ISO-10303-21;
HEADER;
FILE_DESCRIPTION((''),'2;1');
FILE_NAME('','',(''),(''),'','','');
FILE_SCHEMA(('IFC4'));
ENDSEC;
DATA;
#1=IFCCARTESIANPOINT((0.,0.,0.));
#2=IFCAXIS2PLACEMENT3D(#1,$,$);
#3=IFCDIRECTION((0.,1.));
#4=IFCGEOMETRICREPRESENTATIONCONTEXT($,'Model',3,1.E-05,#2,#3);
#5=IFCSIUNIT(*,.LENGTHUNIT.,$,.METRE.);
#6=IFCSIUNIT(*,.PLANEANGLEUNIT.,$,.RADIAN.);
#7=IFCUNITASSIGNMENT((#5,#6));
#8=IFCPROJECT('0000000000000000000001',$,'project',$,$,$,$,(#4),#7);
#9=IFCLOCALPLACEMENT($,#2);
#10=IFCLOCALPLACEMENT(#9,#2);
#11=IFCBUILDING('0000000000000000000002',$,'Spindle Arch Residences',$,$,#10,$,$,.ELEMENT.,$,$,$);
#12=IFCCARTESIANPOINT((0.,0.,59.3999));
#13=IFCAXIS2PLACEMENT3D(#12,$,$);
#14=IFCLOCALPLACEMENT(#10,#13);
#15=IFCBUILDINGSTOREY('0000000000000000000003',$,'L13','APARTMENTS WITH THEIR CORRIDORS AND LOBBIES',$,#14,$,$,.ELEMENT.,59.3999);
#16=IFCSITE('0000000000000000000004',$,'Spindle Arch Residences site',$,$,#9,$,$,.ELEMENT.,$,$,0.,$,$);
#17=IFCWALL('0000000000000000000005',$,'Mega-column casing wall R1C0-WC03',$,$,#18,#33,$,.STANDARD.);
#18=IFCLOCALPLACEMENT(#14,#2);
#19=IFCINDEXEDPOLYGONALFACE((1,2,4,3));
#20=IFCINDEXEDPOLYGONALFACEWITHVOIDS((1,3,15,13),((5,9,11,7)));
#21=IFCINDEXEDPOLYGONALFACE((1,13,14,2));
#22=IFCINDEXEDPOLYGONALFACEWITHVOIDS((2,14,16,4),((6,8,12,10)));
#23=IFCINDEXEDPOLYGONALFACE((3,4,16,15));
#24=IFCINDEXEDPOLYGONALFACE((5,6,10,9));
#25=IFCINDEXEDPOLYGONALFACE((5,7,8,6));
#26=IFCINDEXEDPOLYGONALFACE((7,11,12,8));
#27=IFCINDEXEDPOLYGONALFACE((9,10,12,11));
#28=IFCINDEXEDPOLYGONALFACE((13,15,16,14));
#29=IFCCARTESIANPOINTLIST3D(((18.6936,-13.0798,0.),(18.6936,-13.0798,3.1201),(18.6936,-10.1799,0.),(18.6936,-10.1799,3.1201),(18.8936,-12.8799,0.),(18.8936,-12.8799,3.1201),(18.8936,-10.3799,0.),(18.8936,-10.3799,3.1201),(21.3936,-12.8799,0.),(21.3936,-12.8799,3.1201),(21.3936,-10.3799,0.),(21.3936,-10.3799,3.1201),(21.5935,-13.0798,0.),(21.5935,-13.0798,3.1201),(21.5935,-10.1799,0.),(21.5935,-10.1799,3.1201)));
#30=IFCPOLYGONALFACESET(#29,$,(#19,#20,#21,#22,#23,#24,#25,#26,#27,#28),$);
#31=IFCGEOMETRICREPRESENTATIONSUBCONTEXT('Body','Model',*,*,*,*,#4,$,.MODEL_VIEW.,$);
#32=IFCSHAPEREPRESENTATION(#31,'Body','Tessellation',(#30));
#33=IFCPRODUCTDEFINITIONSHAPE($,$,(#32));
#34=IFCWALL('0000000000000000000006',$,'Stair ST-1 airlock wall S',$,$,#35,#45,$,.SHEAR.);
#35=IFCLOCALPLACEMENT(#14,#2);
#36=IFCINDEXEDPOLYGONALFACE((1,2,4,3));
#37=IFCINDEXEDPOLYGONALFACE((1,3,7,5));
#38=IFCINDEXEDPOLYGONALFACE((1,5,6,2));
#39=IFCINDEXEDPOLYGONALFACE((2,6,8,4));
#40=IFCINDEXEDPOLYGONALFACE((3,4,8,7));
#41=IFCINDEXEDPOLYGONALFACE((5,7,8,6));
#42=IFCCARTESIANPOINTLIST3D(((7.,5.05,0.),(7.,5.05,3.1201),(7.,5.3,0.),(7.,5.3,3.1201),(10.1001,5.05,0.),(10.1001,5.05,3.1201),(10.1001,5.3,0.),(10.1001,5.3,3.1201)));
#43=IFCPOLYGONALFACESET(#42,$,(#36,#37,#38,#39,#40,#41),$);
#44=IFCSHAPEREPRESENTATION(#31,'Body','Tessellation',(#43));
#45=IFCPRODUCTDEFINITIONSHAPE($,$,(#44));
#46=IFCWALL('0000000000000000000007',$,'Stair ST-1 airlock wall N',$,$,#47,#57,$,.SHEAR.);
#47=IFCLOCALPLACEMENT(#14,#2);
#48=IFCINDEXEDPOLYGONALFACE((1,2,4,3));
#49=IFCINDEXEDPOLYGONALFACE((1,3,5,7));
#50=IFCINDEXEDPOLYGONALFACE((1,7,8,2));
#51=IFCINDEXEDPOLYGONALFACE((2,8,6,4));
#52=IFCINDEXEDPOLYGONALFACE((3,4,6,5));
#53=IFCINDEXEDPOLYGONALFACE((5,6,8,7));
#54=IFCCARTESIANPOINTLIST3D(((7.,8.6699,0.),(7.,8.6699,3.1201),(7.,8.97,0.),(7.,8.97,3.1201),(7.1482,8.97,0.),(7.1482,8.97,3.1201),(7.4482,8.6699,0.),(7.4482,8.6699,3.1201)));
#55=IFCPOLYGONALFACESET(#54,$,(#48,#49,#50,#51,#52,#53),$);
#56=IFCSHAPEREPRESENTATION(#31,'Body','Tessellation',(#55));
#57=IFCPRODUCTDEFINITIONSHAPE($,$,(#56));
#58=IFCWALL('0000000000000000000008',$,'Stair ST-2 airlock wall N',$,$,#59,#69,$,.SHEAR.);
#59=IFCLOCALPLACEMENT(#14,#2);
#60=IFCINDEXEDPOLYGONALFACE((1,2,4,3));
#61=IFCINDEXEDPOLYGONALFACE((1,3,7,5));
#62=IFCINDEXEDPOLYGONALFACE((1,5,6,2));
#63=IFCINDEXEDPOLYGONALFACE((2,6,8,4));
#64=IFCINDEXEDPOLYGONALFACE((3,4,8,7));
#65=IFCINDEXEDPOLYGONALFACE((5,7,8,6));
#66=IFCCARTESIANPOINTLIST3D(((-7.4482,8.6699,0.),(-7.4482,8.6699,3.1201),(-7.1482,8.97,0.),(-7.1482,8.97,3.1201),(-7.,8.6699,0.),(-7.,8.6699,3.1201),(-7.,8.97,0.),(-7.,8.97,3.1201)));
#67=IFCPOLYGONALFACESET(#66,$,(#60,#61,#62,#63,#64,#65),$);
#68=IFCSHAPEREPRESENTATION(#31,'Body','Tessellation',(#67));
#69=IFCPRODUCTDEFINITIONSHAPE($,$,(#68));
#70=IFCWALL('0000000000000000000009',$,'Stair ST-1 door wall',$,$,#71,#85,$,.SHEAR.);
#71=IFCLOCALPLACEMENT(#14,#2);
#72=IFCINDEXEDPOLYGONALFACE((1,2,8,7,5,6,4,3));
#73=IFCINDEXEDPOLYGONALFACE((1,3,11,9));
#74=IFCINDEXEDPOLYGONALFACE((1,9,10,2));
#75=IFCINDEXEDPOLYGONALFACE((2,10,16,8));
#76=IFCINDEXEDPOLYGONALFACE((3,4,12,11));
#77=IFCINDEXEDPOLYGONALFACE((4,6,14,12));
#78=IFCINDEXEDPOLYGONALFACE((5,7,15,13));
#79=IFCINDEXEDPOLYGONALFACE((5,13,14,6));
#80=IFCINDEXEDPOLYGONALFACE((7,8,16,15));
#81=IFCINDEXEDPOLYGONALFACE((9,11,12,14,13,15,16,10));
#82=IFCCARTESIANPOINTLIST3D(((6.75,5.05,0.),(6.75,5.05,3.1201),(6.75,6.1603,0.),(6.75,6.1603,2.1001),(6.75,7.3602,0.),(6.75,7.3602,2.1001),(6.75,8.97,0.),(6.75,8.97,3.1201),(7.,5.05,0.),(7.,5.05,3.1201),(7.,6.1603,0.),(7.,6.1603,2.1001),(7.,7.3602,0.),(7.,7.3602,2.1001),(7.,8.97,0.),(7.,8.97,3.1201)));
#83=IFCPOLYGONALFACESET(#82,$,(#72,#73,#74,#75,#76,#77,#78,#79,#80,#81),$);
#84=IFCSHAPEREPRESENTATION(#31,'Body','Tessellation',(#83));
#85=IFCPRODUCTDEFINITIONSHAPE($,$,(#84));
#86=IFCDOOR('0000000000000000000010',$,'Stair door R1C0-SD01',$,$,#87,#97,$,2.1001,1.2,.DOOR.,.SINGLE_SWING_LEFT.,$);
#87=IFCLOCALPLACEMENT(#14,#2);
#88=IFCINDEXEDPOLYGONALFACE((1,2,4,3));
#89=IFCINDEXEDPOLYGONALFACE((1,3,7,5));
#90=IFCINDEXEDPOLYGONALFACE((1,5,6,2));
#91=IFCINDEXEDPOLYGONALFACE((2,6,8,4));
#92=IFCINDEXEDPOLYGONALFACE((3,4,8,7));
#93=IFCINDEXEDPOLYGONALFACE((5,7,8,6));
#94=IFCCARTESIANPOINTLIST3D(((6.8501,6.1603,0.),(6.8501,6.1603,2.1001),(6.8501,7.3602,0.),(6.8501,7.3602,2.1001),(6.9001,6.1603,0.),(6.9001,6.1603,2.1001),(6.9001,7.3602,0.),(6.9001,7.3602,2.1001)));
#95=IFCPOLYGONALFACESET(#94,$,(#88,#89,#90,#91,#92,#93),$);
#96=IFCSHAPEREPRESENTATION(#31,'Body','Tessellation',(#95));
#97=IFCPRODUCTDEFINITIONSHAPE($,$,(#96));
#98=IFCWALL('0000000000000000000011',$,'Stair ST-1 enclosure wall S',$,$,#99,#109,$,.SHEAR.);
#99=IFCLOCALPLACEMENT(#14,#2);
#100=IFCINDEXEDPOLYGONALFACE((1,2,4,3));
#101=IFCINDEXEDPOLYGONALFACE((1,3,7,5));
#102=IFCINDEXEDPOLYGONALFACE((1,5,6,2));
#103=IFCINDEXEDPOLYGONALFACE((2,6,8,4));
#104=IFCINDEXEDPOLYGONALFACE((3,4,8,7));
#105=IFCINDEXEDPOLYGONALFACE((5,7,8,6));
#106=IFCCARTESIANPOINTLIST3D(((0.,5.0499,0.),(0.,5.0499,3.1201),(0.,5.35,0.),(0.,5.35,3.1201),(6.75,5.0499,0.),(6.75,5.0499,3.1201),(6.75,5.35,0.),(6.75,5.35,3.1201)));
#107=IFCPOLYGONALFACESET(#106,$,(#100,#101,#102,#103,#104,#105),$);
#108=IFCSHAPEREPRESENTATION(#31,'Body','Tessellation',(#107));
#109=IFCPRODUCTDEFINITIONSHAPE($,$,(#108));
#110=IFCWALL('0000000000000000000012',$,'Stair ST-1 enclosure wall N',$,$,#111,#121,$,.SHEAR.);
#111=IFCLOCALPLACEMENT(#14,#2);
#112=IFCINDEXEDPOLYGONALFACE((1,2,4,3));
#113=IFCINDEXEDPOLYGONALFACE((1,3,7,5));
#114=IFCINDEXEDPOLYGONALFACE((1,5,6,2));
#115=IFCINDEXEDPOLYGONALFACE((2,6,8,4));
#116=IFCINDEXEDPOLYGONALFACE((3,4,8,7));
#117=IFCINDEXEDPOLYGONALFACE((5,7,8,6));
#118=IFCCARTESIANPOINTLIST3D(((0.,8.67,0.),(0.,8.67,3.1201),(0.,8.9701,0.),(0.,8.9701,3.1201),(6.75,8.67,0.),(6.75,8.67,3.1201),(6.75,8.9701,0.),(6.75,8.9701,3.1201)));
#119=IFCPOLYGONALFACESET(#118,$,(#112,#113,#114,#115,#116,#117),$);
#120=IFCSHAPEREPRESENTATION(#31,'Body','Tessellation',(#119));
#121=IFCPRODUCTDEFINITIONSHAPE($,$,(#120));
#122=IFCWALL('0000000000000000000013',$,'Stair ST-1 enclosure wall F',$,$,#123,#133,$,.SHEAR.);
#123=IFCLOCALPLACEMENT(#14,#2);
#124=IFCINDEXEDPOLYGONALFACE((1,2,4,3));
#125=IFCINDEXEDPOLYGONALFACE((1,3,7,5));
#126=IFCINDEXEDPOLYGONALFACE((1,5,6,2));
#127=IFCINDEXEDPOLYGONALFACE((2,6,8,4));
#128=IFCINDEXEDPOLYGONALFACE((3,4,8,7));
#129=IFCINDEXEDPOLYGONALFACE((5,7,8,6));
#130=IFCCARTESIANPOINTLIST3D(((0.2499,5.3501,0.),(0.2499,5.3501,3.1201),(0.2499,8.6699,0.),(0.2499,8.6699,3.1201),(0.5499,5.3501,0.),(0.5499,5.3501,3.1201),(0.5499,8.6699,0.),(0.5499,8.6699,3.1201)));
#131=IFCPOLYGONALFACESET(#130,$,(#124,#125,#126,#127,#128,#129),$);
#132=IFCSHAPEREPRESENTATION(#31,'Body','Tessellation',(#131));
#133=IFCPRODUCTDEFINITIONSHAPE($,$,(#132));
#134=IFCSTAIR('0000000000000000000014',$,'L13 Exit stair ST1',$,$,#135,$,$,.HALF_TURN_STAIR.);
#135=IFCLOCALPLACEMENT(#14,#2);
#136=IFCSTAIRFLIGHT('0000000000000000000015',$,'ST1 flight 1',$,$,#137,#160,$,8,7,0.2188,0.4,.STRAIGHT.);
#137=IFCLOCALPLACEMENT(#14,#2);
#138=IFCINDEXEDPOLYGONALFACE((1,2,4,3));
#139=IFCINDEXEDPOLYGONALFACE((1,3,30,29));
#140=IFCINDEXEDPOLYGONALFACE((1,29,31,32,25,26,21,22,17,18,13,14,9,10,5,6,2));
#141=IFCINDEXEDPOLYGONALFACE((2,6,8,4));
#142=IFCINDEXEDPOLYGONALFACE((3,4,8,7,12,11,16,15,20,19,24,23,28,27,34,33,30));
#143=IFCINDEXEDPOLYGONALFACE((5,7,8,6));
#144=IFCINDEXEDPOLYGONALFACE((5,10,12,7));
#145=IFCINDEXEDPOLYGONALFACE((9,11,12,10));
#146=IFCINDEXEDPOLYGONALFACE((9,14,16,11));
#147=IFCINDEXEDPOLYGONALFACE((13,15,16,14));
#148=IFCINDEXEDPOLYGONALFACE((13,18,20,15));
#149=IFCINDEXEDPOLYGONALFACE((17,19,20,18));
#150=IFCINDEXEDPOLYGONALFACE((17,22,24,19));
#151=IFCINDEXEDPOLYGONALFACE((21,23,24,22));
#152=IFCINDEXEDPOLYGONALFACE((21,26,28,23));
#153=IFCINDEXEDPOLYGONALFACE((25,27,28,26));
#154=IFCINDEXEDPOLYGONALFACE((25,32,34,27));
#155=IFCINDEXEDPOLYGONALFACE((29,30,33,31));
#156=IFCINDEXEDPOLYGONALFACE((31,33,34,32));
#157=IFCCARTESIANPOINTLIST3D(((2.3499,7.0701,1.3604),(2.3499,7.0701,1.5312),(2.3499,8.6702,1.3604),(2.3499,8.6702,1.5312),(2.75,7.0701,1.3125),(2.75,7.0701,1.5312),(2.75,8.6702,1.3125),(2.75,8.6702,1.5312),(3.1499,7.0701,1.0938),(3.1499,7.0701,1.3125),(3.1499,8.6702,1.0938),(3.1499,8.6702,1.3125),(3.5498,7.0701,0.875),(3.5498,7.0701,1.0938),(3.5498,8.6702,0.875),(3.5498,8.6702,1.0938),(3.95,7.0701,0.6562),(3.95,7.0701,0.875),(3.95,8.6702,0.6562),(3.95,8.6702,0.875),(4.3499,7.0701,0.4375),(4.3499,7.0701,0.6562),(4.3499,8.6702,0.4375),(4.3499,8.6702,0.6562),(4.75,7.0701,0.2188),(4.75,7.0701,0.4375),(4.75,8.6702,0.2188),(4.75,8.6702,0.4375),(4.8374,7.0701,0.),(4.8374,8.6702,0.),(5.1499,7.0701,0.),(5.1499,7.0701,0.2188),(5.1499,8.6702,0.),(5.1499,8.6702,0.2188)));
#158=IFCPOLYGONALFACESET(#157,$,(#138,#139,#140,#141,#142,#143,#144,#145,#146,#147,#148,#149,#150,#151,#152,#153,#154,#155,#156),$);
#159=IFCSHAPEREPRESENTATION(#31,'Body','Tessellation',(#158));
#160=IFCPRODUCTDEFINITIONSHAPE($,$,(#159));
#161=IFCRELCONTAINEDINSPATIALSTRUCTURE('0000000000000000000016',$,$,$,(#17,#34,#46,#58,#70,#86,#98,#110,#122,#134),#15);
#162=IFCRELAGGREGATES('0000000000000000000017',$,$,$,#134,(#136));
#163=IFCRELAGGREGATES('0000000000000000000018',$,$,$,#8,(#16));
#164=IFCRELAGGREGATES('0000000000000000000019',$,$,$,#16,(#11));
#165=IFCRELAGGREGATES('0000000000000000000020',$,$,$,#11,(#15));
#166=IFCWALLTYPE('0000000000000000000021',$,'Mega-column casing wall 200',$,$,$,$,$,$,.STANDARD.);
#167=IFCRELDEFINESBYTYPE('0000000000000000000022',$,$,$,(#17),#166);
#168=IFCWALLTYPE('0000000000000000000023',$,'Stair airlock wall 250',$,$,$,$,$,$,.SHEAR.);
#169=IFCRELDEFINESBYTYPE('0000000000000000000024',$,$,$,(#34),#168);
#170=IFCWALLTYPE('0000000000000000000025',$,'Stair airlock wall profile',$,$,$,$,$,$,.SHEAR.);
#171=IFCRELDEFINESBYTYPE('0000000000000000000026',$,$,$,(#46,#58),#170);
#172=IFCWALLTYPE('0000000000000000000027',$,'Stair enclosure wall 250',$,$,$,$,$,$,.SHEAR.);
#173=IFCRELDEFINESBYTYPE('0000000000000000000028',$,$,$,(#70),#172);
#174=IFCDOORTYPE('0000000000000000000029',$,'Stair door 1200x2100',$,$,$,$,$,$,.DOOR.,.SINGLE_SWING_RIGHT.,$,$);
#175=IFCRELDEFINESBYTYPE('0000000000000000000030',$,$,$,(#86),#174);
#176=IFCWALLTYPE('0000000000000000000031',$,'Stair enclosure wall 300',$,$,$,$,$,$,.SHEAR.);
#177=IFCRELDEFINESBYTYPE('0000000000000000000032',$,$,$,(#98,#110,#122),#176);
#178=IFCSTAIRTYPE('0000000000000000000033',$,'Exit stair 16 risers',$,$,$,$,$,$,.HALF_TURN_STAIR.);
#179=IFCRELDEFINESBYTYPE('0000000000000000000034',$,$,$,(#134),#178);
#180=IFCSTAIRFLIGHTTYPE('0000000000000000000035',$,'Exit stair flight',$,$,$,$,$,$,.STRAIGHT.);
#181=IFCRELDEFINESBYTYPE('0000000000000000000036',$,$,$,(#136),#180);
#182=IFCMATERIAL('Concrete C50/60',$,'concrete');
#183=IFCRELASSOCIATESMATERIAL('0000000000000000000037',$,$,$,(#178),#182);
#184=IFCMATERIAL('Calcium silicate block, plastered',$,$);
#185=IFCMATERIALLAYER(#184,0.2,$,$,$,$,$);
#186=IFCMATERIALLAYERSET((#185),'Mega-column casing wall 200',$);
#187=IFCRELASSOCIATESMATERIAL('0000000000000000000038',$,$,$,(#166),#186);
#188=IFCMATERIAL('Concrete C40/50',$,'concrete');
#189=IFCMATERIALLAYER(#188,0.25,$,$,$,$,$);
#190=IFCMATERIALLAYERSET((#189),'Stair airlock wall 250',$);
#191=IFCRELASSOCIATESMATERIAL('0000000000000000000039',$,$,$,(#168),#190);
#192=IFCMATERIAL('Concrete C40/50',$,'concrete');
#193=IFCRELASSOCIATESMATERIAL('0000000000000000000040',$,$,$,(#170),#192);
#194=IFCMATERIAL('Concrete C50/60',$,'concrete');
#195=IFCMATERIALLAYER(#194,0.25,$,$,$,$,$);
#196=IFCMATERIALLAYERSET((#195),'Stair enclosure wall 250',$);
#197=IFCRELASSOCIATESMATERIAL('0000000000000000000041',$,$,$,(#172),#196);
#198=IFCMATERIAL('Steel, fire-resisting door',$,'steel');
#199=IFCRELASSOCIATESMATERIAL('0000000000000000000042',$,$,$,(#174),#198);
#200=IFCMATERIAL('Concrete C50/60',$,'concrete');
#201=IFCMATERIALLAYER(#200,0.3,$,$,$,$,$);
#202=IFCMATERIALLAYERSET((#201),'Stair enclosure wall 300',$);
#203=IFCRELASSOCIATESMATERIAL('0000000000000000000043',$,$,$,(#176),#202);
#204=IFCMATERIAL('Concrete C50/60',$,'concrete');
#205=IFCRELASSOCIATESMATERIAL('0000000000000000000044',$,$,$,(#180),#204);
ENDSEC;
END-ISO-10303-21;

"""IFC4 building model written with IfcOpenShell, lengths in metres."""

from ifc_helpers import new_model, si_unit, direction, frame, frame_2d, origin, place, context, subcontext, project, spatial, polyline, rectangle, outline, extrude, material, layer, layer_set, type_object, element, fill, aggregate, save


model = new_model("IFC4")

# Units and contexts
model_context = context("Model", 3, precision=1e-05, world=origin(), true_north=direction((0.0, 1.0)))
body_context = subcontext(model_context, "Body", "Model", "MODEL_VIEW")
ifc_project = project(units=[si_unit("LENGTHUNIT", "METRE"), si_unit("PLANEANGLEUNIT", "RADIAN")], contexts=[model_context])

# Site, building, storey
site_placement = place(None, origin())
site = spatial("IfcSite", under=ifc_project, at=site_placement, Name="Spindle Arch Residences site", CompositionType="ELEMENT", RefElevation=0.0)
building_placement = place(site_placement, origin())
building = spatial("IfcBuilding", under=site, at=building_placement, Name="Spindle Arch Residences", CompositionType="ELEMENT")
storey_placement = place(building_placement, frame((0.0, 0.0, 59.3999)))
storey = spatial("IfcBuildingStorey", under=building, at=storey_placement, Name="L13", Description="APARTMENTS WITH THEIR CORRIDORS AND LOBBIES", CompositionType="ELEMENT", Elevation=59.3999)

# Shared definitions
ifc_material_1 = material(Name="Concrete C50/60", Category="concrete")
stair_type = type_object("IfcStairType", Name="Exit stair 16 risers", PredefinedType="HALF_TURN_STAIR", material=ifc_material_1)

# Walls
ifc_material_2 = material(Name="Calcium silicate block, plastered")
ifc_layer_1 = layer(ifc_material_2, 0.2)
ifc_layer_set_1 = layer_set([ifc_layer_1], Name="Mega-column casing wall 200")
wall_type_1 = type_object("IfcWallType", Name="Mega-column casing wall 200", PredefinedType="STANDARD", material=ifc_layer_set_1)
wall_1_placement = place(storey_placement, origin())
element("IfcWall", 1, at=wall_1_placement, inside=storey, type_object=wall_type_1, Name="Mega-column casing wall R1C0-WC03", PredefinedType="STANDARD", context=body_context, shape_type="SweptSolid", body=[
    extrude(outline(polyline([(21.5935, -10.1799), (21.5935, -13.0798), (18.6936, -13.0798), (18.6936, -10.1799), (21.5935, -10.1799)]), holes=[polyline([(18.8936, -12.8799), (21.3936, -12.8799), (21.3936, -10.3799), (18.8936, -10.3799), (18.8936, -12.8799)])]), origin(), (0.0, 0.0, 1.0), 3.1201),
])
ifc_material_3 = material(Name="Concrete C40/50", Category="concrete")
ifc_layer_2 = layer(ifc_material_3, 0.25)
ifc_layer_set_2 = layer_set([ifc_layer_2], Name="Stair airlock wall 250")
wall_type_2 = type_object("IfcWallType", Name="Stair airlock wall 250", PredefinedType="SHEAR", material=ifc_layer_set_2)
wall_2_placement = place(storey_placement, frame((7.0, 5.175, 0.0), z_axis=(0.0, 0.0, 1.0), x_axis=(1.0, 0.0, 0.0)))
element("IfcWall", 2, at=wall_2_placement, inside=storey, type_object=wall_type_2, Name="Stair ST-1 airlock wall S", PredefinedType="SHEAR", context=body_context, shape_type="SweptSolid", body=[
    extrude(rectangle(XDim=3.1001, YDim=0.25, at=frame_2d((1.55, 0.0))), origin(), (0.0, 0.0, 1.0), 3.1201),
])
ifc_material_4 = material(Name="Concrete C40/50", Category="concrete")
wall_type_3 = type_object("IfcWallType", Name="Stair airlock wall profile", PredefinedType="SHEAR", material=ifc_material_4)
wall_3_placement = place(storey_placement, origin())
element("IfcWall", 3, at=wall_3_placement, inside=storey, type_object=wall_type_3, Name="Stair ST-1 airlock wall N", PredefinedType="SHEAR", context=body_context, shape_type="SweptSolid", body=[
    extrude(outline(polyline([(7.4482, 8.6699), (7.0, 8.6699), (7.0, 8.97), (7.1482, 8.97), (7.4482, 8.6699)])), origin(), (0.0, 0.0, 1.0), 3.1201),
])
wall_4_placement = place(storey_placement, origin())
element("IfcWall", 4, at=wall_4_placement, inside=storey, type_object=wall_type_3, Name="Stair ST-2 airlock wall N", PredefinedType="SHEAR", context=body_context, shape_type="SweptSolid", body=[
    extrude(outline(polyline([(-7.1482, 8.97), (-7.0, 8.97), (-7.0, 8.6699), (-7.4482, 8.6699), (-7.1482, 8.97)])), origin(), (0.0, 0.0, 1.0), 3.1201),
])

# Wall, opening, door
ifc_material_5 = material(Name="Concrete C50/60", Category="concrete")
ifc_layer_3 = layer(ifc_material_5, 0.25)
ifc_layer_set_3 = layer_set([ifc_layer_3], Name="Stair enclosure wall 250")
wall_type_4 = type_object("IfcWallType", Name="Stair enclosure wall 250", PredefinedType="SHEAR", material=ifc_layer_set_3)
wall_5_placement = place(storey_placement, frame((6.875, 5.05, 0.0), z_axis=(0.0, 0.0, 1.0), x_axis=(0.0, 1.0, 0.0)))
wall_5 = element("IfcWall", 5, at=wall_5_placement, inside=storey, type_object=wall_type_4, Name="Stair ST-1 door wall", PredefinedType="SHEAR", context=body_context, shape_type="SweptSolid", body=[
    extrude(rectangle(XDim=3.9199, YDim=0.25, at=frame_2d((1.96, 0.0))), origin(), (0.0, 0.0, 1.0), 3.1201),
])
opening_1_placement = place(wall_5_placement, frame((1.1101, 0.0, 0.0)))
opening_1 = element("IfcOpeningElement", 6, at=opening_1_placement, cuts=wall_5, PredefinedType="OPENING", context=body_context, shape_type="SweptSolid", body=[
    extrude(rectangle(XDim=1.2, YDim=2.1001, at=frame_2d((0.6001, 1.05))), frame((0.0, 0.135, 0.0), z_axis=(0.0, -1.0, 0.0), x_axis=(1.0, 0.0, 0.0)), (0.0, 0.0, 1.0), 0.27),
])
ifc_material_6 = material(Name="Steel, fire-resisting door", Category="steel")
door_type_1 = type_object("IfcDoorType", Name="Stair door 1200x2100", OperationType="SINGLE_SWING_RIGHT", PredefinedType="DOOR", material=ifc_material_6)
door_1_placement = place(opening_1_placement, origin())
door_1 = element("IfcDoor", 7, at=door_1_placement, inside=storey, type_object=door_type_1, Name="Stair door R1C0-SD01", OperationType="SINGLE_SWING_LEFT", OverallHeight=2.1001, OverallWidth=1.2, PredefinedType="DOOR", context=body_context, shape_type="SweptSolid", body=[
    extrude(rectangle(XDim=1.2, YDim=2.1001, at=frame_2d((0.6001, 1.05))), frame((0.0, 0.0249, 0.0), z_axis=(0.0, -1.0, 0.0), x_axis=(1.0, 0.0, 0.0)), (0.0, 0.0, 1.0), 0.05),
])
fill(opening_1, door_1)

# Walls
ifc_material_7 = material(Name="Concrete C50/60", Category="concrete")
ifc_layer_4 = layer(ifc_material_7, 0.3)
ifc_layer_set_4 = layer_set([ifc_layer_4], Name="Stair enclosure wall 300")
wall_type_5 = type_object("IfcWallType", Name="Stair enclosure wall 300", PredefinedType="SHEAR", material=ifc_layer_set_4)
for number, where, z_axis, x_axis, name in (
    (8, (0.0, 5.2, 0.0), (0.0, 0.0, 1.0), (1.0, 0.0, 0.0), "Stair ST-1 enclosure wall S"),
    (9, (0.0, 8.8201, 0.0), (0.0, 0.0, 1.0), (1.0, 0.0, 0.0), "Stair ST-1 enclosure wall N"),
):
    element("IfcWall", number, at=place(storey_placement, frame(where, z_axis=z_axis, x_axis=x_axis)), inside=storey, type_object=wall_type_5, Name=name, PredefinedType="SHEAR", context=body_context, shape_type="SweptSolid", body=[
        extrude(rectangle(XDim=6.75, YDim=0.3, at=frame_2d((3.375, 0.0))), origin(), (0.0, 0.0, 1.0), 3.1201),
    ])
wall_6_placement = place(storey_placement, frame((0.3999, 5.3501, 0.0), z_axis=(0.0, 0.0, 1.0), x_axis=(0.0, 1.0, 0.0)))
element("IfcWall", 10, at=wall_6_placement, inside=storey, type_object=wall_type_5, Name="Stair ST-1 enclosure wall F", PredefinedType="SHEAR", context=body_context, shape_type="SweptSolid", body=[
    extrude(rectangle(XDim=3.3198, YDim=0.3, at=frame_2d((1.6599, 0.0))), origin(), (0.0, 0.0, 1.0), 3.1201),
])

# Stair, stair flight
stair_1_placement = place(storey_placement, origin())
stair_1 = element("IfcStair", 11, at=stair_1_placement, inside=storey, type_object=stair_type, Name="L13 Exit stair ST1", PredefinedType="HALF_TURN_STAIR")
ifc_material_8 = material(Name="Concrete C50/60", Category="concrete")
stair_flight_type = type_object("IfcStairFlightType", Name="Exit stair flight", PredefinedType="STRAIGHT", material=ifc_material_8)
stair_flight_1_placement = place(storey_placement, frame((5.1499, 7.8701, 0.0), z_axis=(0.0, 0.0, 1.0), x_axis=(-1.0, 0.0, 0.0)))
stair_flight_1 = element("IfcStairFlight", 12, at=stair_flight_1_placement, type_object=stair_flight_type, Name="ST1 flight 1", NumberOfRisers=8, NumberOfTreads=7, PredefinedType="STRAIGHT", RiserHeight=0.2188, TreadLength=0.4, context=body_context, shape_type="SweptSolid", body=[
    extrude(outline(polyline([(0.0, 0.0), (0.0, 0.2188), (0.3999, 0.2188), (0.3999, 0.4375), (0.8, 0.4375), (0.8, 0.6562), (1.2, 0.6562), (1.2, 0.875), (1.6001, 0.875), (1.6001, 1.0938), (2.0, 1.0938), (2.0, 1.3125), (2.3999, 1.3125), (2.3999, 1.5312), (2.8, 1.5312), (2.8, 1.75), (2.8, 1.3604), (0.3125, 0.0), (0.0, 0.0)])), frame((0.0, 0.8, 0.0), z_axis=(0.0, -1.0, 0.0), x_axis=(1.0, 0.0, 0.0)), (0.0, 0.0, 1.0), 1.6001),
])
aggregate(stair_1, [stair_flight_1])

save(model, "model.ifc")
